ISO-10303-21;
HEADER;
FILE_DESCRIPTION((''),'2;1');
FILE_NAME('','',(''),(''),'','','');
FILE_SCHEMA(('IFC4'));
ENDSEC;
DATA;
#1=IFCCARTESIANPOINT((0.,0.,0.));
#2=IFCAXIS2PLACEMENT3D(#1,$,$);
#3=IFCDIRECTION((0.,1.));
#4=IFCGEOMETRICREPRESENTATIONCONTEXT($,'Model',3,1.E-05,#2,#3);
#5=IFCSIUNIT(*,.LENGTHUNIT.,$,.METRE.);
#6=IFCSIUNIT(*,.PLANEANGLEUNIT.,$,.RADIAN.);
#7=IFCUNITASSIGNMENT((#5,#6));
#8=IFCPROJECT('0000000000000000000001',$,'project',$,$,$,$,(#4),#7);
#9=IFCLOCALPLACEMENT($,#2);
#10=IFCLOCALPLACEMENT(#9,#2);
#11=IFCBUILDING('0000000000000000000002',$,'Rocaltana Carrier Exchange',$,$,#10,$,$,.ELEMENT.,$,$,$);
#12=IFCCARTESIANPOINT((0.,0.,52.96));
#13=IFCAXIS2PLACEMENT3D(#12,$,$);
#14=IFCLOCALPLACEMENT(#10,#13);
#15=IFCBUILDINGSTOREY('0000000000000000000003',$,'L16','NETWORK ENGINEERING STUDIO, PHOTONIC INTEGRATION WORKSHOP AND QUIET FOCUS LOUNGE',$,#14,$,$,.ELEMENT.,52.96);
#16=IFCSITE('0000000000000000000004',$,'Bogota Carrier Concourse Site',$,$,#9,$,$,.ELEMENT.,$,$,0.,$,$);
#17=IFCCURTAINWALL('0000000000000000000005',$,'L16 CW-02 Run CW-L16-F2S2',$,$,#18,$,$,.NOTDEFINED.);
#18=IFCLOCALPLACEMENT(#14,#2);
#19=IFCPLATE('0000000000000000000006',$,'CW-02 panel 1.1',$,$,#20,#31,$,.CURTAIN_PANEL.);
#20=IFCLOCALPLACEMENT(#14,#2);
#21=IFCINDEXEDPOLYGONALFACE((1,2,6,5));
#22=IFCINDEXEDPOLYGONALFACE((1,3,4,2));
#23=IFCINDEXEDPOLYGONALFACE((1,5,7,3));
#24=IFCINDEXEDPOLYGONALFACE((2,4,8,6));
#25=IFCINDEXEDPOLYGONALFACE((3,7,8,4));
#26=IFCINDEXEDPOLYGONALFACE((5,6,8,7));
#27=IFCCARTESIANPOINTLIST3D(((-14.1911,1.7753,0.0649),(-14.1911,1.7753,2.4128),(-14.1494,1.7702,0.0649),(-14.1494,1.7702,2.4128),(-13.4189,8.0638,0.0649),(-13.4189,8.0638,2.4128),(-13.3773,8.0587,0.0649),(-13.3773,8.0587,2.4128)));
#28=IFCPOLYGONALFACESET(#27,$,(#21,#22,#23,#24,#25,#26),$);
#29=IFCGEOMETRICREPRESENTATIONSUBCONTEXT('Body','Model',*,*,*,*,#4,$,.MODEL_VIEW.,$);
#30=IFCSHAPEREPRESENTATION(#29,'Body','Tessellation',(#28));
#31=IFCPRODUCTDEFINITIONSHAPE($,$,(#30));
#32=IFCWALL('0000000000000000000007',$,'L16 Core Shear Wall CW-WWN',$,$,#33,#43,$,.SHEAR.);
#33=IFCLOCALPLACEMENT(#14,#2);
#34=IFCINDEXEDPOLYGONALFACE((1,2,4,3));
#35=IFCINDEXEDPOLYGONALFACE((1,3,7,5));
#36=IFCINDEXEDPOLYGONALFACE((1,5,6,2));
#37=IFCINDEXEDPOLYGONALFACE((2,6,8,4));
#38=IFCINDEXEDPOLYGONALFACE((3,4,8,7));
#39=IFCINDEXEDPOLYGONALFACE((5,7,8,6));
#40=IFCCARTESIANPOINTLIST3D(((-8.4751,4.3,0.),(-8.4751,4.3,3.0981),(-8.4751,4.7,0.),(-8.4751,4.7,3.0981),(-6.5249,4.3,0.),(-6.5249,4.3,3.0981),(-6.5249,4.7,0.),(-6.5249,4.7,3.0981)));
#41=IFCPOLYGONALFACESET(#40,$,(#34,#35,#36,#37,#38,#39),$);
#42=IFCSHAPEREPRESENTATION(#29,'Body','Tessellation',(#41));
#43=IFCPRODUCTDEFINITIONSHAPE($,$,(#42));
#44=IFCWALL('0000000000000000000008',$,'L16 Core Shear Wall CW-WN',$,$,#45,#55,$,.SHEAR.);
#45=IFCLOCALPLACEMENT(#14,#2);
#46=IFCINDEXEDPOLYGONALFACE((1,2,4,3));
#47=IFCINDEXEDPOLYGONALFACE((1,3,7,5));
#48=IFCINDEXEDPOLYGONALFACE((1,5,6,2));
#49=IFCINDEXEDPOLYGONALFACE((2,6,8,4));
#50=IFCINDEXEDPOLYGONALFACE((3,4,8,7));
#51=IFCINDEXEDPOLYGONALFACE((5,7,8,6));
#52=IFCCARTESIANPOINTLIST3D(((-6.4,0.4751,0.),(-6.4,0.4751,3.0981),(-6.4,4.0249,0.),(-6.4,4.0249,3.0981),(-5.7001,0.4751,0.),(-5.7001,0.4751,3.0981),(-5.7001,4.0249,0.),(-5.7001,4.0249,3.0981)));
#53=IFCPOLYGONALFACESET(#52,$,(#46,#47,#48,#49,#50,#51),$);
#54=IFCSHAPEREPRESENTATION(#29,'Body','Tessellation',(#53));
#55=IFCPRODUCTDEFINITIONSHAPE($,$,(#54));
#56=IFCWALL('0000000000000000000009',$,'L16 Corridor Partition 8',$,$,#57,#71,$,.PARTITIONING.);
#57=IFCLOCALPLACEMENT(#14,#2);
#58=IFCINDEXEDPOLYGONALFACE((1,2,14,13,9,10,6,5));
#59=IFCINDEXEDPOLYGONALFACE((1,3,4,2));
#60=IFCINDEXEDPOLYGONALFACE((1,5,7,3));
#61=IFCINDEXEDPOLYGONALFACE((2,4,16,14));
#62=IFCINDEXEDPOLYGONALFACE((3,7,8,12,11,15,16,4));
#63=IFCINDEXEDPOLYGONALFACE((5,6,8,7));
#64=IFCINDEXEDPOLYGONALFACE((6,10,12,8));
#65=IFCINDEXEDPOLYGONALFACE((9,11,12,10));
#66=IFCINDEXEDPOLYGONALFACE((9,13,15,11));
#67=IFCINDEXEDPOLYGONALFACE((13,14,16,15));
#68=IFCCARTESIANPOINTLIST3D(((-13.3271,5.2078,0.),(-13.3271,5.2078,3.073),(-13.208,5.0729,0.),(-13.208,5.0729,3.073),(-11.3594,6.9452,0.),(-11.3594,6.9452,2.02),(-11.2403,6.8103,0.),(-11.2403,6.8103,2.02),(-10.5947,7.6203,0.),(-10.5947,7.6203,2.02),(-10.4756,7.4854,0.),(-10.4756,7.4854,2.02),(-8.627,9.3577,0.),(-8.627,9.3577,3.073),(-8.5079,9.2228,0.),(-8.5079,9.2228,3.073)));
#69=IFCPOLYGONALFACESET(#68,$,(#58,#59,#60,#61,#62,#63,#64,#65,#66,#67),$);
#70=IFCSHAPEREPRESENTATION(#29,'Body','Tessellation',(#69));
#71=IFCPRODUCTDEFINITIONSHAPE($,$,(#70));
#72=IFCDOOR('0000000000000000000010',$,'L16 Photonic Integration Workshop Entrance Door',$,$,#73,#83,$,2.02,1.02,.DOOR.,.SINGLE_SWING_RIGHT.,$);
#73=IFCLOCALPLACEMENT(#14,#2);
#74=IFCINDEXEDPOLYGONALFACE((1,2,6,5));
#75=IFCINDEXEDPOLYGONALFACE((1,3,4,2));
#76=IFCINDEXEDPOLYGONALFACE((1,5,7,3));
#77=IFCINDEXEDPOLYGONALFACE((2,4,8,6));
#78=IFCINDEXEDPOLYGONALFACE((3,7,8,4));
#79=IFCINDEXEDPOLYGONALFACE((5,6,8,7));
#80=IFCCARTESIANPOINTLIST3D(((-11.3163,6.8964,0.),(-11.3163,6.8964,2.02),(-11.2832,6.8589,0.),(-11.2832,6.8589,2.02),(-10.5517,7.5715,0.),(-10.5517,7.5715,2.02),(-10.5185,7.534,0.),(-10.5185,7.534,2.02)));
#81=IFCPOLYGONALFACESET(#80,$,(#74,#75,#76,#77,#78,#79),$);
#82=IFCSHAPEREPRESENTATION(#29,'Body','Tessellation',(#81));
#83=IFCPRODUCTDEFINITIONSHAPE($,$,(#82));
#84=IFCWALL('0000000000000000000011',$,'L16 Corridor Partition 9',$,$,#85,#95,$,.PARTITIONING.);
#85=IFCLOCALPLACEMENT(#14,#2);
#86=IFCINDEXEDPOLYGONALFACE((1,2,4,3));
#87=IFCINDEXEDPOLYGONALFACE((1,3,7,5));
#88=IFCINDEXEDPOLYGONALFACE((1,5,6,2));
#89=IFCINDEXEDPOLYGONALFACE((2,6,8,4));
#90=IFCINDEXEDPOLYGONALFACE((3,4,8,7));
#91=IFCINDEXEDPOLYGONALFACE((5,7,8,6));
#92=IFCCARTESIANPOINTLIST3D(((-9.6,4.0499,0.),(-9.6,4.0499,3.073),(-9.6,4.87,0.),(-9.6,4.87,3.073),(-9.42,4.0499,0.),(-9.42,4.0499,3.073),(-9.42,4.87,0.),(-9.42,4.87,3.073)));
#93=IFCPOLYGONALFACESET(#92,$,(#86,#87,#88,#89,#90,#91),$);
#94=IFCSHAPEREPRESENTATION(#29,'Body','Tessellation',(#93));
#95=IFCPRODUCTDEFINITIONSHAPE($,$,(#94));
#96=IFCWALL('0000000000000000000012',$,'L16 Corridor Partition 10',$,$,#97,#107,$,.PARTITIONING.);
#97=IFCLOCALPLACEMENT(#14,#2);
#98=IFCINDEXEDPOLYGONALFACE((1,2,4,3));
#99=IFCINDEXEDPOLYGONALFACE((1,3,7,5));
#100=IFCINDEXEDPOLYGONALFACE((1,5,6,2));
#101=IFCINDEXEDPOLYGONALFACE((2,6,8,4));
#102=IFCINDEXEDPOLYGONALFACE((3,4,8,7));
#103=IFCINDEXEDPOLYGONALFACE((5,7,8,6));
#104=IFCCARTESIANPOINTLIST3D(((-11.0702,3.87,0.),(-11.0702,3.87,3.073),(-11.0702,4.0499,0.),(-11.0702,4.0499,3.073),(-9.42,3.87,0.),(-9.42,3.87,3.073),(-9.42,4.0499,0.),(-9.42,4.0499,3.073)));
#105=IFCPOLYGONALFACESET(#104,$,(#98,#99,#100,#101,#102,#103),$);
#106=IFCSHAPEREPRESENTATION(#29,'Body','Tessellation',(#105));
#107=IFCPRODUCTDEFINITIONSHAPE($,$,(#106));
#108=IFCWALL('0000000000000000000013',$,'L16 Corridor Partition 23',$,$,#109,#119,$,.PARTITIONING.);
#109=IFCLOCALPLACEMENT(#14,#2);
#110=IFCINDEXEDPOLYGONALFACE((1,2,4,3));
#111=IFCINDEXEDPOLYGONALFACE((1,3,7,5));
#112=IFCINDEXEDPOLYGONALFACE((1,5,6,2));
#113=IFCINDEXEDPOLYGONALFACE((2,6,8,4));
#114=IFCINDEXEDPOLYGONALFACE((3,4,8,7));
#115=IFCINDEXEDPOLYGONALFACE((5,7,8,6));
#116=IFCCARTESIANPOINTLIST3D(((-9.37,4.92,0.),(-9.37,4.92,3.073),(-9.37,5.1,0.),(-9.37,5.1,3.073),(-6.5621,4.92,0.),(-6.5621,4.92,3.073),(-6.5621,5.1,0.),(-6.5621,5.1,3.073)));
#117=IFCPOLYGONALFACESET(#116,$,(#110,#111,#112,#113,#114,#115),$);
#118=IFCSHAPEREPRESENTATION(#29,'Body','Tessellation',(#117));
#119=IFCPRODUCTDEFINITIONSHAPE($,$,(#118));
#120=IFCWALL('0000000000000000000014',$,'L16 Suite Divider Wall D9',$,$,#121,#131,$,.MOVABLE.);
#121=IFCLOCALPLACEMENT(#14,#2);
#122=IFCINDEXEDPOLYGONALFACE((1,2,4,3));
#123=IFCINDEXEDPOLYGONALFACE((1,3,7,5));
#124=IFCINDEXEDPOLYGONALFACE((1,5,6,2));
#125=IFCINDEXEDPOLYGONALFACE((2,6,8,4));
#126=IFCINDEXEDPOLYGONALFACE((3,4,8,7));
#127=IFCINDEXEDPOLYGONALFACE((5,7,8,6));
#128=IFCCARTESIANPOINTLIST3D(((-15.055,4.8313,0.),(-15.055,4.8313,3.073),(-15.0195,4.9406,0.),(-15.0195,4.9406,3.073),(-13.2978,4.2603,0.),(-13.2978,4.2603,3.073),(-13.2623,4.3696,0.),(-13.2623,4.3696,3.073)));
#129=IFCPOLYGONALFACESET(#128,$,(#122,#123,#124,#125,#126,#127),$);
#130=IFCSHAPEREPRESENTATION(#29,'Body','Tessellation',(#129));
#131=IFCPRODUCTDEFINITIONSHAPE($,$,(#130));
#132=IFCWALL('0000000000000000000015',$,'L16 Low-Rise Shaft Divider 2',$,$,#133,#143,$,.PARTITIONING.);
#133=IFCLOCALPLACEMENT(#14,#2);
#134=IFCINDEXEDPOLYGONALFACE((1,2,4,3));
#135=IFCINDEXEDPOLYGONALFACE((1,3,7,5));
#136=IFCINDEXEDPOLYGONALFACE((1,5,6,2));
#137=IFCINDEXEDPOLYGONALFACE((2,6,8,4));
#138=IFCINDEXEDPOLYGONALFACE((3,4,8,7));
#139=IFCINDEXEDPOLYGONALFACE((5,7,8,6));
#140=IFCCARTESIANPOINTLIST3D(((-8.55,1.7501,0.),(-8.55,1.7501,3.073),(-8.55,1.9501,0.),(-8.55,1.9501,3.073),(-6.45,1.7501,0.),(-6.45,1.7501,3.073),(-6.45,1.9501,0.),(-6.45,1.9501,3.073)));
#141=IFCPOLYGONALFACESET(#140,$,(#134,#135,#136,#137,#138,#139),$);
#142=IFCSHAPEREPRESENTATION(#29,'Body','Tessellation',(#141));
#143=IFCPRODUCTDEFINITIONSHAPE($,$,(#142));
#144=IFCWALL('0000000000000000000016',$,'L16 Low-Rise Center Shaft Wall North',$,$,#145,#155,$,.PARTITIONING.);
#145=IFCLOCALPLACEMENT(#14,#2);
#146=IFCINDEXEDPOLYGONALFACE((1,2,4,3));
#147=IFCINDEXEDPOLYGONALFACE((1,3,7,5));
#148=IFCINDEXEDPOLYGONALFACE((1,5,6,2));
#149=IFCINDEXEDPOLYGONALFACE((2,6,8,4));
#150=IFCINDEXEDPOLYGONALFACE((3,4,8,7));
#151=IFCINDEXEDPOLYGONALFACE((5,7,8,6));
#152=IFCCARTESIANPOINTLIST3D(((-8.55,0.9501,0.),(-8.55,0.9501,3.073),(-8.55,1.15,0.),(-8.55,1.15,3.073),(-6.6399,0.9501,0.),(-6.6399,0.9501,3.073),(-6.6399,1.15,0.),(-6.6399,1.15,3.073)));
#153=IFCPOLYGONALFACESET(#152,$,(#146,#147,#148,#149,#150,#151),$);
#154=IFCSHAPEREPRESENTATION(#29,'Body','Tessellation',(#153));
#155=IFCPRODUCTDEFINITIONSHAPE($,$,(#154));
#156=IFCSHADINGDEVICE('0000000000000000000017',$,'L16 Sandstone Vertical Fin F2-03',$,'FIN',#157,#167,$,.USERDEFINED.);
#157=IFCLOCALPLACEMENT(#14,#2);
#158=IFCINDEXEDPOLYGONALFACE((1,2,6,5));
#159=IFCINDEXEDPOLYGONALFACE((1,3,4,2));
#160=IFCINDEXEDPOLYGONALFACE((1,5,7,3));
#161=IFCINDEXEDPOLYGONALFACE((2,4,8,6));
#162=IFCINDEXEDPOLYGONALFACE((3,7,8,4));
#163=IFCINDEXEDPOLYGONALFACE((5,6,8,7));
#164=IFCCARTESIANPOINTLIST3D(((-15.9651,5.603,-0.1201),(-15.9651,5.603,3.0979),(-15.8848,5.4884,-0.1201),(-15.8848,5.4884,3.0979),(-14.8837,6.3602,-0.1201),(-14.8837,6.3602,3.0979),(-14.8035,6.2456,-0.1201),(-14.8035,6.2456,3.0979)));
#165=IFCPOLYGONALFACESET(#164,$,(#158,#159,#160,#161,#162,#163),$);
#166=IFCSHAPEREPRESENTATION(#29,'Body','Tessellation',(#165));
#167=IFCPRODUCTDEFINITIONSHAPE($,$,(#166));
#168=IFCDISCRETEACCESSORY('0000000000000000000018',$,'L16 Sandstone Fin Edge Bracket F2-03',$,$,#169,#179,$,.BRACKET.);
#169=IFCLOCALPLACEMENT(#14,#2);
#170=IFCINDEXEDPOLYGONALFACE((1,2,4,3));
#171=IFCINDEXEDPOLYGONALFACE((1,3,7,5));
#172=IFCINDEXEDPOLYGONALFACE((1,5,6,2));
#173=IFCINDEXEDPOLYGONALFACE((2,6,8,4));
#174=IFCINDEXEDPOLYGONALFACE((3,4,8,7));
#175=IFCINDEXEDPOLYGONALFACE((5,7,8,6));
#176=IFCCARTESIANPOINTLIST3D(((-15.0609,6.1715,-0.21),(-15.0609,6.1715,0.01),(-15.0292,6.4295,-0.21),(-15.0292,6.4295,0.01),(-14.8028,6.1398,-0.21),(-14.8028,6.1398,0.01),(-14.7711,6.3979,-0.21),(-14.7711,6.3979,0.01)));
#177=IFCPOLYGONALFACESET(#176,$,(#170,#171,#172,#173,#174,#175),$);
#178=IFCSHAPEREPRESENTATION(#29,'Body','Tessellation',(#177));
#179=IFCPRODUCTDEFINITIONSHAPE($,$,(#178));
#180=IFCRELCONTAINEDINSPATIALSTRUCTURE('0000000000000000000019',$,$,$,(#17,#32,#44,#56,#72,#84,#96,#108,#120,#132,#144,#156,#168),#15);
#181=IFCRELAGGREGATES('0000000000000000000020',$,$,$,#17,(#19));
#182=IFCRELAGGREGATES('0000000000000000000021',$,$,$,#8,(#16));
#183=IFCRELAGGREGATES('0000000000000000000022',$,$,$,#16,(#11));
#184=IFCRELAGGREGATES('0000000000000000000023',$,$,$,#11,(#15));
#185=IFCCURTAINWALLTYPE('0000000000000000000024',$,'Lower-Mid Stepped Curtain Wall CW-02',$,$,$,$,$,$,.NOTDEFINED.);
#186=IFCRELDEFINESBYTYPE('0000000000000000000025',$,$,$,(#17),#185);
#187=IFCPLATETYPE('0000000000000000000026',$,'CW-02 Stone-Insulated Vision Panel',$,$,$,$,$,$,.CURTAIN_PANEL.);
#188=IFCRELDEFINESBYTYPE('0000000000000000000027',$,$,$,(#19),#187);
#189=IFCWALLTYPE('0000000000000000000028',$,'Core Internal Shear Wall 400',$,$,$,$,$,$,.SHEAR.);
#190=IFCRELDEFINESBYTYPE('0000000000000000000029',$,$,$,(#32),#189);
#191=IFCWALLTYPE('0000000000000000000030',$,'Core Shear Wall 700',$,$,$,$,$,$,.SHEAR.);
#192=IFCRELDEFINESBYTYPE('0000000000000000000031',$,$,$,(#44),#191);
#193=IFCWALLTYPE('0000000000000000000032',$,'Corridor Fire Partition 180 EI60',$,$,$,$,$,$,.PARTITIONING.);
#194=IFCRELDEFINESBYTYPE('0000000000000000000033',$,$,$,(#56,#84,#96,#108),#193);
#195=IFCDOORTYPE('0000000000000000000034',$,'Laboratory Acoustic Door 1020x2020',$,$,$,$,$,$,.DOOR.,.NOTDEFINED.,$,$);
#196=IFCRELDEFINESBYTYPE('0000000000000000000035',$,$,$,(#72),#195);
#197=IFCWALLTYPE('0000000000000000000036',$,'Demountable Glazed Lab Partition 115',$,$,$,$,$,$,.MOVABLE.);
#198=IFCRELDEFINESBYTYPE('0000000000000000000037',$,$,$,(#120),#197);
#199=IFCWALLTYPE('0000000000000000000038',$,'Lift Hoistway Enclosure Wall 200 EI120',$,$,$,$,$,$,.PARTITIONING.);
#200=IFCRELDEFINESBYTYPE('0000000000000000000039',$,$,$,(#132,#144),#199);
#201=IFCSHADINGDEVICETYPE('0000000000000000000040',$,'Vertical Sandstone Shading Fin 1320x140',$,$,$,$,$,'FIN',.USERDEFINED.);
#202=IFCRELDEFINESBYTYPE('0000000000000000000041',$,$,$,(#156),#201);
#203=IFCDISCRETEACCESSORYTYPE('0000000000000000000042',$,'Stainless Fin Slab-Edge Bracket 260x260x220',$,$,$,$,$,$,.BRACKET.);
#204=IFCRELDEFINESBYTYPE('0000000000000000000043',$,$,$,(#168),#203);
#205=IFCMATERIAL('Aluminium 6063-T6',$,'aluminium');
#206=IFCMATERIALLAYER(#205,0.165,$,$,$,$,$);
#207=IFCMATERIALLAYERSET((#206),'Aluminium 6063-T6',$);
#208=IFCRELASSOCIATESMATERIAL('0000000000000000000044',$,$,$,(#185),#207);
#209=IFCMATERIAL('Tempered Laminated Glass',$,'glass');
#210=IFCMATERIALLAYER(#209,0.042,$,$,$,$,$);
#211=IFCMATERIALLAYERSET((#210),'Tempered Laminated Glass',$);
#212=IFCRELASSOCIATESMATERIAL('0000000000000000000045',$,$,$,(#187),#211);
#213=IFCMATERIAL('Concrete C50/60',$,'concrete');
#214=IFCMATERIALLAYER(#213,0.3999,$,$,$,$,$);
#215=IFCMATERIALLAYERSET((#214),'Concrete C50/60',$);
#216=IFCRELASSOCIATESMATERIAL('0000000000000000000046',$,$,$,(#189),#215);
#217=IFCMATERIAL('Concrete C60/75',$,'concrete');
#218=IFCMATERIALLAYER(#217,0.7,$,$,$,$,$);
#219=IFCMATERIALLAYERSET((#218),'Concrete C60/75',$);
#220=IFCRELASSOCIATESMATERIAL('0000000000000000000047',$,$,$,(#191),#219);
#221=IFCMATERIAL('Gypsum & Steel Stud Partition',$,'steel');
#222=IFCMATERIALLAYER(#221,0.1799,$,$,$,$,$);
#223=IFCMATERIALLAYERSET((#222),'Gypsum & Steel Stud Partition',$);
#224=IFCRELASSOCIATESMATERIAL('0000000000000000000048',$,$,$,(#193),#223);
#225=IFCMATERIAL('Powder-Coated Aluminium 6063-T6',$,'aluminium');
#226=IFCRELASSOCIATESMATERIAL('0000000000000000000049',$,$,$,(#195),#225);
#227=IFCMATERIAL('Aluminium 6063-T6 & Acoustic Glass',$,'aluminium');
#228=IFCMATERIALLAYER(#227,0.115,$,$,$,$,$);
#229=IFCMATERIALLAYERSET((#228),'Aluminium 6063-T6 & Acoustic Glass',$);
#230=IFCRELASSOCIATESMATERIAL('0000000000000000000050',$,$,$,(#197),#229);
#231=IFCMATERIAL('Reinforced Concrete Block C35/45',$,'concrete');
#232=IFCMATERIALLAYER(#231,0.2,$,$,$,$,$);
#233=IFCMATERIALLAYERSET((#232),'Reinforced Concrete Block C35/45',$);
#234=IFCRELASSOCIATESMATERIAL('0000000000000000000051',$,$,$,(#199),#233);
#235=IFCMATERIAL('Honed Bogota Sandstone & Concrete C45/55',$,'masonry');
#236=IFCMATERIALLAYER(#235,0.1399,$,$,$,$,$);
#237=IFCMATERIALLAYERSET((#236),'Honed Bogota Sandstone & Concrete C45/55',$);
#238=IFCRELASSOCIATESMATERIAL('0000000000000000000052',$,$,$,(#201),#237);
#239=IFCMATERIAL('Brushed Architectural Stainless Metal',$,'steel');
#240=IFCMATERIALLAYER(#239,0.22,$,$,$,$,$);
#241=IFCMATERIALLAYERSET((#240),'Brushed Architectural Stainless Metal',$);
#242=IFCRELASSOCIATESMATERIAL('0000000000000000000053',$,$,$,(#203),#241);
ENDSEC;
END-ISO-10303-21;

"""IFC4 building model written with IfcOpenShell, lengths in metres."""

from ifc_helpers import new_model, si_unit, direction, frame, frame_2d, origin, origin_2d, place, context, subcontext, project, spatial, rectangle, extrude, material, layer, layer_set, type_object, element, fill, aggregate, save


model = new_model("IFC4")

# Units and contexts
model_context = context("Model", 3, precision=1e-05, world=origin(), true_north=direction((0.0, 1.0)))
body_context = subcontext(model_context, "Body", "Model", "MODEL_VIEW")
ifc_project = project(units=[si_unit("LENGTHUNIT", "METRE"), si_unit("PLANEANGLEUNIT", "RADIAN")], contexts=[model_context])

# Site, building, storey
site_placement = place(None, origin())
site = spatial("IfcSite", under=ifc_project, at=site_placement, Name="Bogota Carrier Concourse Site", CompositionType="ELEMENT", RefElevation=0.0)
building_placement = place(site_placement, origin())
building = spatial("IfcBuilding", under=site, at=building_placement, Name="Rocaltana Carrier Exchange", CompositionType="ELEMENT")
storey_placement = place(building_placement, frame((0.0, 0.0, 52.96)))
storey = spatial("IfcBuildingStorey", under=building, at=storey_placement, Name="L16", Description="NETWORK ENGINEERING STUDIO, PHOTONIC INTEGRATION WORKSHOP AND QUIET FOCUS LOUNGE", CompositionType="ELEMENT", Elevation=52.96)

# Curtain wall
ifc_material_1 = material(Name="Aluminium 6063-T6", Category="aluminium")
ifc_layer_1 = layer(ifc_material_1, 0.165)
ifc_layer_set_1 = layer_set([ifc_layer_1], Name="Aluminium 6063-T6")
curtain_wall_type = type_object("IfcCurtainWallType", Name="Lower-Mid Stepped Curtain Wall CW-02", PredefinedType="NOTDEFINED", material=ifc_layer_set_1)
curtain_wall_placement = place(storey_placement, origin())
curtain_wall = element("IfcCurtainWall", 1, at=curtain_wall_placement, inside=storey, type_object=curtain_wall_type, Name="L16 CW-02 Run CW-L16-F2S2", PredefinedType="NOTDEFINED")

# Plate
ifc_material_2 = material(Name="Tempered Laminated Glass", Category="glass")
ifc_layer_2 = layer(ifc_material_2, 0.042)
ifc_layer_set_2 = layer_set([ifc_layer_2], Name="Tempered Laminated Glass")
plate_type = type_object("IfcPlateType", Name="CW-02 Stone-Insulated Vision Panel", PredefinedType="CURTAIN_PANEL", material=ifc_layer_set_2)
plate_placement = place(storey_placement, frame((-13.7842, 4.917, 0.0649), z_axis=(0.0, 0.0, 1.0), x_axis=(-0.121874, -0.992546, 0.0)))
plate = element("IfcPlate", 2, at=plate_placement, type_object=plate_type, Name="CW-02 panel 1.1", PredefinedType="CURTAIN_PANEL", context=body_context, shape_type="SweptSolid", body=[
    extrude(rectangle(XDim=6.3357, YDim=0.042, at=origin_2d()), origin(), (0.0, 0.0, 1.0), 2.3479),
])
aggregate(curtain_wall, [plate])

# Walls
ifc_material_3 = material(Name="Concrete C50/60", Category="concrete")
ifc_layer_3 = layer(ifc_material_3, 0.3999)
ifc_layer_set_3 = layer_set([ifc_layer_3], Name="Concrete C50/60")
wall_type_1 = type_object("IfcWallType", Name="Core Internal Shear Wall 400", PredefinedType="SHEAR", material=ifc_layer_set_3)
wall_1_placement = place(storey_placement, frame((-8.4751, 4.5, 0.0), z_axis=(0.0, 0.0, 1.0), x_axis=(1.0, 0.0, 0.0)))
element("IfcWall", 3, at=wall_1_placement, inside=storey, type_object=wall_type_1, Name="L16 Core Shear Wall CW-WWN", PredefinedType="SHEAR", context=body_context, shape_type="SweptSolid", body=[
    extrude(rectangle(XDim=1.9502, YDim=0.3999, at=frame_2d((0.9751, 0.0))), origin(), (0.0, 0.0, 1.0), 3.0981),
])
ifc_material_4 = material(Name="Concrete C60/75", Category="concrete")
ifc_layer_4 = layer(ifc_material_4, 0.7)
ifc_layer_set_4 = layer_set([ifc_layer_4], Name="Concrete C60/75")
wall_type_2 = type_object("IfcWallType", Name="Core Shear Wall 700", PredefinedType="SHEAR", material=ifc_layer_set_4)
wall_2_placement = place(storey_placement, frame((-6.05, 0.4751, 0.0), z_axis=(0.0, 0.0, 1.0), x_axis=(0.0, 1.0, 0.0)))
element("IfcWall", 4, at=wall_2_placement, inside=storey, type_object=wall_type_2, Name="L16 Core Shear Wall CW-WN", PredefinedType="SHEAR", context=body_context, shape_type="SweptSolid", body=[
    extrude(rectangle(XDim=3.5498, YDim=0.7, at=frame_2d((1.7749, 0.0))), origin(), (0.0, 0.0, 1.0), 3.0981),
])

# Wall, opening, door
ifc_material_5 = material(Name="Gypsum & Steel Stud Partition", Category="steel")
ifc_layer_5 = layer(ifc_material_5, 0.1799)
ifc_layer_set_5 = layer_set([ifc_layer_5], Name="Gypsum & Steel Stud Partition")
wall_type_3 = type_object("IfcWallType", Name="Corridor Fire Partition 180 EI60", PredefinedType="PARTITIONING", material=ifc_layer_set_5)
wall_3_placement = place(storey_placement, frame((-13.2676, 5.1404, 0.0), z_axis=(0.0, 0.0, 1.0), x_axis=(0.749626, 0.661861, 0.0)))
wall_3 = element("IfcWall", 5, at=wall_3_placement, inside=storey, type_object=wall_type_3, Name="L16 Corridor Partition 8", PredefinedType="PARTITIONING", context=body_context, shape_type="SweptSolid", body=[
    extrude(rectangle(XDim=6.27, YDim=0.1799, at=frame_2d((3.135, 0.0))), origin(), (0.0, 0.0, 1.0), 3.073),
])
opening_placement = place(wall_3_placement, frame((2.625, 0.0, 0.0)))
opening = element("IfcOpeningElement", 6, at=opening_placement, cuts=wall_3, PredefinedType="OPENING", context=body_context, shape_type="SweptSolid", body=[
    extrude(rectangle(XDim=1.02, YDim=2.02, at=frame_2d((0.51, 1.01))), frame((0.0, 0.0999, 0.0), z_axis=(0.0, -1.0, 0.0), x_axis=(1.0, 0.0, 0.0)), (0.0, 0.0, 1.0), 0.2),
])
ifc_material_6 = material(Name="Powder-Coated Aluminium 6063-T6", Category="aluminium")
door_type = type_object("IfcDoorType", Name="Laboratory Acoustic Door 1020x2020", OperationType="NOTDEFINED", PredefinedType="DOOR", material=ifc_material_6)
door_placement = place(opening_placement, origin())
door = element("IfcDoor", 7, at=door_placement, inside=storey, type_object=door_type, Name="L16 Photonic Integration Workshop Entrance Door", OperationType="SINGLE_SWING_RIGHT", OverallHeight=2.02, OverallWidth=1.02, PredefinedType="DOOR", context=body_context, shape_type="SweptSolid", body=[
    extrude(rectangle(XDim=1.02, YDim=2.02, at=frame_2d((0.51, 1.01))), frame((0.0, 0.0249, 0.0), z_axis=(0.0, -1.0, 0.0), x_axis=(1.0, 0.0, 0.0)), (0.0, 0.0, 1.0), 0.05),
])
fill(opening, door)

# Walls
wall_4_placement = place(storey_placement, frame((-9.51, 4.8701, 0.0), z_axis=(0.0, 0.0, 1.0), x_axis=(0.0, -1.0, 0.0)))
element("IfcWall", 8, at=wall_4_placement, inside=storey, type_object=wall_type_3, Name="L16 Corridor Partition 9", PredefinedType="PARTITIONING", context=body_context, shape_type="SweptSolid", body=[
    extrude(rectangle(XDim=0.8201, YDim=0.1799, at=frame_2d((0.4102, 0.0))), origin(), (0.0, 0.0, 1.0), 3.073),
])
wall_5_placement = place(storey_placement, frame((-9.4199, 3.96, 0.0), z_axis=(0.0, 0.0, 1.0), x_axis=(-1.0, 0.0, 0.0)))
element("IfcWall", 9, at=wall_5_placement, inside=storey, type_object=wall_type_3, Name="L16 Corridor Partition 10", PredefinedType="PARTITIONING", context=body_context, shape_type="SweptSolid", body=[
    extrude(rectangle(XDim=1.6501, YDim=0.1799, at=frame_2d((0.8252, 0.0))), origin(), (0.0, 0.0, 1.0), 3.073),
])
wall_6_placement = place(storey_placement, frame((-6.5623, 5.01, 0.0), z_axis=(0.0, 0.0, 1.0), x_axis=(-1.0, 0.0, 0.0)))
element("IfcWall", 10, at=wall_6_placement, inside=storey, type_object=wall_type_3, Name="L16 Corridor Partition 23", PredefinedType="PARTITIONING", context=body_context, shape_type="SweptSolid", body=[
    extrude(rectangle(XDim=2.8079, YDim=0.1799, at=frame_2d((1.4038, 0.0))), origin(), (0.0, 0.0, 1.0), 3.073),
])
ifc_material_7 = material(Name="Aluminium 6063-T6 & Acoustic Glass", Category="aluminium")
ifc_layer_6 = layer(ifc_material_7, 0.115)
ifc_layer_set_6 = layer_set([ifc_layer_6], Name="Aluminium 6063-T6 & Acoustic Glass")
wall_type_4 = type_object("IfcWallType", Name="Demountable Glazed Lab Partition 115", PredefinedType="MOVABLE", material=ifc_layer_set_6)
wall_7_placement = place(storey_placement, frame((-13.28, 4.3149, 0.0), z_axis=(0.0, 0.0, 1.0), x_axis=(-0.951048, 0.309044, 0.0)))
element("IfcWall", 11, at=wall_7_placement, inside=storey, type_object=wall_type_4, Name="L16 Suite Divider Wall D9", PredefinedType="MOVABLE", context=body_context, shape_type="SweptSolid", body=[
    extrude(rectangle(XDim=1.8477, YDim=0.115, at=frame_2d((0.9238, 0.0))), origin(), (0.0, 0.0, 1.0), 3.073),
])
ifc_material_8 = material(Name="Reinforced Concrete Block C35/45", Category="concrete")
ifc_layer_7 = layer(ifc_material_8, 0.2)
ifc_layer_set_7 = layer_set([ifc_layer_7], Name="Reinforced Concrete Block C35/45")
wall_type_5 = type_object("IfcWallType", Name="Lift Hoistway Enclosure Wall 200 EI120", PredefinedType="PARTITIONING", material=ifc_layer_set_7)
wall_8_placement = place(storey_placement, frame((-8.55, 1.8501, 0.0), z_axis=(0.0, 0.0, 1.0), x_axis=(1.0, 0.0, 0.0)))
element("IfcWall", 12, at=wall_8_placement, inside=storey, type_object=wall_type_5, Name="L16 Low-Rise Shaft Divider 2", PredefinedType="PARTITIONING", context=body_context, shape_type="SweptSolid", body=[
    extrude(rectangle(XDim=2.1001, YDim=0.2, at=frame_2d((1.05, 0.0))), origin(), (0.0, 0.0, 1.0), 3.073),
])
wall_9_placement = place(storey_placement, frame((-8.55, 1.05, 0.0), z_axis=(0.0, 0.0, 1.0), x_axis=(1.0, 0.0, 0.0)))
element("IfcWall", 13, at=wall_9_placement, inside=storey, type_object=wall_type_5, Name="L16 Low-Rise Center Shaft Wall North", PredefinedType="PARTITIONING", context=body_context, shape_type="SweptSolid", body=[
    extrude(rectangle(XDim=1.9102, YDim=0.2, at=frame_2d((0.9551, 0.0))), origin(), (0.0, 0.0, 1.0), 3.073),
])

# Shading device
ifc_material_9 = material(Name="Honed Bogota Sandstone & Concrete C45/55", Category="masonry")
ifc_layer_8 = layer(ifc_material_9, 0.1399)
ifc_layer_set_8 = layer_set([ifc_layer_8], Name="Honed Bogota Sandstone & Concrete C45/55")
shading_device_type = type_object("IfcShadingDeviceType", Name="Vertical Sandstone Shading Fin 1320x140", ElementType="FIN", PredefinedType="USERDEFINED", material=ifc_layer_set_8)
shading_device_placement = place(storey_placement, frame((-15.3843, 5.9243, -0.1201), z_axis=(0.0, 0.0, 1.0), x_axis=(-0.819152, -0.573576, 0.0)))
element("IfcShadingDevice", 14, at=shading_device_placement, inside=storey, type_object=shading_device_type, Name="L16 Sandstone Vertical Fin F2-03", ObjectType="FIN", PredefinedType="USERDEFINED", context=body_context, shape_type="SweptSolid", body=[
    extrude(rectangle(XDim=1.3201, YDim=0.1399, at=origin_2d()), origin(), (0.0, 0.0, 1.0), 3.218),
])

# Discrete accessory
ifc_material_10 = material(Name="Brushed Architectural Stainless Metal", Category="steel")
ifc_layer_9 = layer(ifc_material_10, 0.22)
ifc_layer_set_9 = layer_set([ifc_layer_9], Name="Brushed Architectural Stainless Metal")
discrete_accessory_type = type_object("IfcDiscreteAccessoryType", Name="Stainless Fin Slab-Edge Bracket 260x260x220", PredefinedType="BRACKET", material=ifc_layer_set_9)
discrete_accessory_placement = place(storey_placement, frame((-14.916, 6.2847, -0.21), z_axis=(0.0, 0.0, 1.0), x_axis=(-0.121869, -0.992546, 0.0)))
element("IfcDiscreteAccessory", 15, at=discrete_accessory_placement, inside=storey, type_object=discrete_accessory_type, Name="L16 Sandstone Fin Edge Bracket F2-03", PredefinedType="BRACKET", context=body_context, shape_type="SweptSolid", body=[
    extrude(rectangle(XDim=0.26, YDim=0.26, at=origin_2d()), origin(), (0.0, 0.0, 1.0), 0.22),
])

save(model, "model.ifc")
